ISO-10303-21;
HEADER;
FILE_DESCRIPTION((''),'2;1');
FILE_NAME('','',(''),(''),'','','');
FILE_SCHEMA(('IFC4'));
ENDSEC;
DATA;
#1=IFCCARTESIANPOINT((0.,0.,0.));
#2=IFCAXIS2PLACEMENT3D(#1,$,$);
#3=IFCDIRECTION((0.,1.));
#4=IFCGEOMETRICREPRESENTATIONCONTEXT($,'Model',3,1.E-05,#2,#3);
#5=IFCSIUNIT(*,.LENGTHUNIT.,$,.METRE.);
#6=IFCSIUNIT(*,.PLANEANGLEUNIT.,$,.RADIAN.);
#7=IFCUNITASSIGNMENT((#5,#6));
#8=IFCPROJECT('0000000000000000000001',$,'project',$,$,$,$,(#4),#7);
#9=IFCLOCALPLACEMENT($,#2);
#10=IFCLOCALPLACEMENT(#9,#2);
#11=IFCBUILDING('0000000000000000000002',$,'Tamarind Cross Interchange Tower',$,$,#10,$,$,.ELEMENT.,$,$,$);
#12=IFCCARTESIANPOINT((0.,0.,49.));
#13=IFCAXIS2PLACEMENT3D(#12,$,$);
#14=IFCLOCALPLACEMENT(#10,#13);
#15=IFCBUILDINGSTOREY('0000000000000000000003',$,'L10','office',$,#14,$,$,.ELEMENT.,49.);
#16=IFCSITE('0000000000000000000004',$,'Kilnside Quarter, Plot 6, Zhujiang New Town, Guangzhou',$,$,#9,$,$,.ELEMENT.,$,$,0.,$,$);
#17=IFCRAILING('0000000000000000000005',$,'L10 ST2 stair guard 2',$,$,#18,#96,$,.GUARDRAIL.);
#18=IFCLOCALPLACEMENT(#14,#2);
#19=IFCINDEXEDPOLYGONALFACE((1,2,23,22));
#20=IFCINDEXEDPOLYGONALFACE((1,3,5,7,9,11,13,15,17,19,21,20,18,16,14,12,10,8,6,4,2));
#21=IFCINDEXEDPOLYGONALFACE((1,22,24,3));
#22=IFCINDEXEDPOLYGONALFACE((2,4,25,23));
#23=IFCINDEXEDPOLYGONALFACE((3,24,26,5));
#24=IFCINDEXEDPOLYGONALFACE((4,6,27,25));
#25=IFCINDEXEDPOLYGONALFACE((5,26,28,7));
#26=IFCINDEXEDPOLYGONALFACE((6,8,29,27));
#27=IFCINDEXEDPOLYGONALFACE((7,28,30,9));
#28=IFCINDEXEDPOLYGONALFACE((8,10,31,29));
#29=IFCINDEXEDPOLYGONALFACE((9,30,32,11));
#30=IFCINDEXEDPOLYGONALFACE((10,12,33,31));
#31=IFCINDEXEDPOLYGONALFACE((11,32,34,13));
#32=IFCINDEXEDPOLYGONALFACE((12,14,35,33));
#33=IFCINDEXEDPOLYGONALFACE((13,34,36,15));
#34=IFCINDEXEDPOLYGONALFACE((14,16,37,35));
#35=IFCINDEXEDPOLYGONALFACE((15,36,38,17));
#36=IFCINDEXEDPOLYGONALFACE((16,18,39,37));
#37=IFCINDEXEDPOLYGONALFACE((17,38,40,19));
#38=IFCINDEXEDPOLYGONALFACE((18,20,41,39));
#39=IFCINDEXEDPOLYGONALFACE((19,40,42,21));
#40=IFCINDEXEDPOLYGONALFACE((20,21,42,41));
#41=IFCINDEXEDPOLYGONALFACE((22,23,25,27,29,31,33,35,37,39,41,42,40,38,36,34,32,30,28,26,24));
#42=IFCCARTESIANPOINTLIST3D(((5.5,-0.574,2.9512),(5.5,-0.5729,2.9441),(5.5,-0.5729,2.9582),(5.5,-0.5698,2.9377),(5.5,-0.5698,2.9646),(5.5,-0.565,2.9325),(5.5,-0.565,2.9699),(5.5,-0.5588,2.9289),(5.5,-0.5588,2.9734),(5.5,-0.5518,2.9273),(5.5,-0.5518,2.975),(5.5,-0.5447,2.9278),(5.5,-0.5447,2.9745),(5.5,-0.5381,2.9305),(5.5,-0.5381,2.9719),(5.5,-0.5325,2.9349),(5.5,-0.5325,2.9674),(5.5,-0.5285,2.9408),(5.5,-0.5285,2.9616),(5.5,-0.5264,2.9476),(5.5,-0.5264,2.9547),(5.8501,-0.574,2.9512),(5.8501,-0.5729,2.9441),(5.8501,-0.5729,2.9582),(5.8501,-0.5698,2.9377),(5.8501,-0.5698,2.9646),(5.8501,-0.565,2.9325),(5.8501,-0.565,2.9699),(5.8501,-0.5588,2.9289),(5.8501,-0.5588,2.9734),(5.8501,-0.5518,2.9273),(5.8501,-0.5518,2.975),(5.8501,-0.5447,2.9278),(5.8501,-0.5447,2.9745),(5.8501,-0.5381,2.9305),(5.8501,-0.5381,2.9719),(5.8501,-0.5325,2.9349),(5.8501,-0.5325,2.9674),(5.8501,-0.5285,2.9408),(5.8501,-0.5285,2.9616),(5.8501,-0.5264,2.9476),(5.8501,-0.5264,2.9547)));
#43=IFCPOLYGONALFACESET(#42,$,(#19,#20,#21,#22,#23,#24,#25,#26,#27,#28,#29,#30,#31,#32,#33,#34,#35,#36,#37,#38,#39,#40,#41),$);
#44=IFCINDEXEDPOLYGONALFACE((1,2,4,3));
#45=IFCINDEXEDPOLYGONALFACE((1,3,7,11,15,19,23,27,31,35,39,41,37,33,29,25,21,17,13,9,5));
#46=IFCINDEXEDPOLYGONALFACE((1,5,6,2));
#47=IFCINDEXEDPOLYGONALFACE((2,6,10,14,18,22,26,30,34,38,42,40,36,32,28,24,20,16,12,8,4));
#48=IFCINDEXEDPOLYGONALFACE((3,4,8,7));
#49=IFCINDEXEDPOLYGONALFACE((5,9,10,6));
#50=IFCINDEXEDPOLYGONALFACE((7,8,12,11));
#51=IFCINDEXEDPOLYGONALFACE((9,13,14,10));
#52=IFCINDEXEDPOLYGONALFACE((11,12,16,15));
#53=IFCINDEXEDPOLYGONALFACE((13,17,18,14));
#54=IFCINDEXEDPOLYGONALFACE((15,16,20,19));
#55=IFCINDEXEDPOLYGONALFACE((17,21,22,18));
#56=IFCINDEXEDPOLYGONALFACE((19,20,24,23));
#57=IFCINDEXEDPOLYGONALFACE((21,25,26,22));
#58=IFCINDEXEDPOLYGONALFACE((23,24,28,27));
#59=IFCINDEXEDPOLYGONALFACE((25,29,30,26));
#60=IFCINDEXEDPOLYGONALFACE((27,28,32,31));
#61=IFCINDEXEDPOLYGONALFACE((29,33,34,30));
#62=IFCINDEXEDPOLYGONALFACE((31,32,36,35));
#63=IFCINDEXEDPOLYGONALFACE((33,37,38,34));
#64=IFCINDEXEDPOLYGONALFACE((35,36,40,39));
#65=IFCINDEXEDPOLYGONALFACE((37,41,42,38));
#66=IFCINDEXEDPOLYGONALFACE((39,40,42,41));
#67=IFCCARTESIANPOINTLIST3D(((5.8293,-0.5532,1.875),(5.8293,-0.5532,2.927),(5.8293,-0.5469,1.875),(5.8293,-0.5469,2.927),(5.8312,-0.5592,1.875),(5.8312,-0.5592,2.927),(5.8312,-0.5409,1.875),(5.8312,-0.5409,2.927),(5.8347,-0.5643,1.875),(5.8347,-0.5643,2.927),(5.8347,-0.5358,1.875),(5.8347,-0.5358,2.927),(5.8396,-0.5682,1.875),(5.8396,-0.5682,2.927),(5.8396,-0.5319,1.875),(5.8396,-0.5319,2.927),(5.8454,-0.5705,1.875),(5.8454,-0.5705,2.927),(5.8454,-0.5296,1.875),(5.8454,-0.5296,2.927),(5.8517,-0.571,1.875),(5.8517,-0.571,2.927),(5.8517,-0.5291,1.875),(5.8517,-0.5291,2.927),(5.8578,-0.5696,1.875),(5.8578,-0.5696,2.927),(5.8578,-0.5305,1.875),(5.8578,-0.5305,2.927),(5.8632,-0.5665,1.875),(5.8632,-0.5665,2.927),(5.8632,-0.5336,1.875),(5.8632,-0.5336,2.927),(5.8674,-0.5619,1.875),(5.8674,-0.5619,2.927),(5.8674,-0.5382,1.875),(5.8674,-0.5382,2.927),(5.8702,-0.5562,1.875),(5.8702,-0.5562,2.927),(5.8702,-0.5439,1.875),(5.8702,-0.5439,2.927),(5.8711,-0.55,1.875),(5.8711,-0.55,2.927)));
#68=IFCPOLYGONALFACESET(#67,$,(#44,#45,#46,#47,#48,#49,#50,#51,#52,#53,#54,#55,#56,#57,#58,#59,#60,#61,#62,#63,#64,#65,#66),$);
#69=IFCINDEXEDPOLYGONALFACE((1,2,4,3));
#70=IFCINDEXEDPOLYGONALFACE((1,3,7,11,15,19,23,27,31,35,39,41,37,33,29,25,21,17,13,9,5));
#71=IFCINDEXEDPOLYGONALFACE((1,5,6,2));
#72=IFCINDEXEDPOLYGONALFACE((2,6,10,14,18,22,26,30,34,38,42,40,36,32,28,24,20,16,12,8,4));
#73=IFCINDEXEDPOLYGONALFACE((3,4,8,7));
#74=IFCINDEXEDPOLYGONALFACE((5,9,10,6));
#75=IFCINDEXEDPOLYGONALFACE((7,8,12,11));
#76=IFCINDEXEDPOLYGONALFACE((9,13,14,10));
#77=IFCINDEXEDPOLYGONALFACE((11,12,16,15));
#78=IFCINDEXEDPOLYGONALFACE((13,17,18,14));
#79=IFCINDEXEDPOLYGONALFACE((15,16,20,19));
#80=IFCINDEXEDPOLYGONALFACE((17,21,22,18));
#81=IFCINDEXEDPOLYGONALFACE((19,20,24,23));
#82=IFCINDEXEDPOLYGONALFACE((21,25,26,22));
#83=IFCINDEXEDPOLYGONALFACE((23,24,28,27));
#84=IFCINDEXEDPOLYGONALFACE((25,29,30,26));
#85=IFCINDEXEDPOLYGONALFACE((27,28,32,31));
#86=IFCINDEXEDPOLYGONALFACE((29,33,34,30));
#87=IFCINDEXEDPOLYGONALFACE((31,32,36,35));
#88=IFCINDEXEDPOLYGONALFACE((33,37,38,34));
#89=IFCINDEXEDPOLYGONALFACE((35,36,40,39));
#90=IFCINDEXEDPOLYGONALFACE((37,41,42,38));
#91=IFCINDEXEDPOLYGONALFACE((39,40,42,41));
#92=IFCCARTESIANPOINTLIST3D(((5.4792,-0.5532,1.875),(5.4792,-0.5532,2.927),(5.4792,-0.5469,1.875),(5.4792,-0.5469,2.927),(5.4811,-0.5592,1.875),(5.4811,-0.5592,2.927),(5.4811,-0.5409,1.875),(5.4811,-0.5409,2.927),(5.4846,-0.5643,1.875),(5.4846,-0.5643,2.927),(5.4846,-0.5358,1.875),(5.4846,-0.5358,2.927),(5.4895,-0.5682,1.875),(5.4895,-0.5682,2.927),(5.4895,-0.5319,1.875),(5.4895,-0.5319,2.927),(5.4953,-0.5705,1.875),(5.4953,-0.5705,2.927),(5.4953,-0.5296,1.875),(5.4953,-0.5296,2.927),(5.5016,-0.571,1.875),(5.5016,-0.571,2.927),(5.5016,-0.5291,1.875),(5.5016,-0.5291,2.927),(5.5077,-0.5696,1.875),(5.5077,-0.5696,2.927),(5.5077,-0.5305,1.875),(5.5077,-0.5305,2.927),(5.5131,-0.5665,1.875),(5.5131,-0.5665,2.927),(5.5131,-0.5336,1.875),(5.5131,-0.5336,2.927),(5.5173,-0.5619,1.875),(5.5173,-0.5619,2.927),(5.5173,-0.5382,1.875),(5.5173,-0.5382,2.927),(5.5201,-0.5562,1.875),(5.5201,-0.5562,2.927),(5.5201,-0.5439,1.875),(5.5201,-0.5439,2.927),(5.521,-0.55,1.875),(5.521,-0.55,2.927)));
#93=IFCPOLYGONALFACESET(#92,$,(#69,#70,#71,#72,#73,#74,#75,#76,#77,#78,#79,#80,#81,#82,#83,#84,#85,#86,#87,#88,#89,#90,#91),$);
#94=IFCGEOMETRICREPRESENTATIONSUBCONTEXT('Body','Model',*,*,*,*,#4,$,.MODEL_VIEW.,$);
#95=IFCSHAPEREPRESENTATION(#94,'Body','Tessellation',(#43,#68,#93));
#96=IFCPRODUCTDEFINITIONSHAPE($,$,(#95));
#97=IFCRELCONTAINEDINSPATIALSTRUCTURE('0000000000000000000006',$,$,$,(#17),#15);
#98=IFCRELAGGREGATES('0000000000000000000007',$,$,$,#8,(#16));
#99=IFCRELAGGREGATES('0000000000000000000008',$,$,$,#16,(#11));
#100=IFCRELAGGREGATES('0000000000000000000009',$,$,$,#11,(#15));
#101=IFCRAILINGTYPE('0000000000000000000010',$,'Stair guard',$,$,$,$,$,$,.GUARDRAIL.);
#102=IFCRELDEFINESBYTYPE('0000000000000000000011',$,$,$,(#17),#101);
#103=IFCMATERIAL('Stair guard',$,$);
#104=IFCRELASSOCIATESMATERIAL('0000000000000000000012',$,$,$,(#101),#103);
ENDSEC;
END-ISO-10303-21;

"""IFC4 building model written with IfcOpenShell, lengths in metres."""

from ifc_helpers import new_model, si_unit, direction, frame, origin, origin_2d, place, context, subcontext, project, spatial, circle, extrude, material, type_object, element, save


model = new_model("IFC4")

# Units and contexts
model_context = context("Model", 3, precision=1e-05, world=origin(), true_north=direction((0.0, 1.0)))
body_context = subcontext(model_context, "Body", "Model", "MODEL_VIEW")
ifc_project = project(units=[si_unit("LENGTHUNIT", "METRE"), si_unit("PLANEANGLEUNIT", "RADIAN")], contexts=[model_context])

# Site, building, storey
site_placement = place(None, origin())
site = spatial("IfcSite", under=ifc_project, at=site_placement, Name="Kilnside Quarter, Plot 6, Zhujiang New Town, Guangzhou", CompositionType="ELEMENT", RefElevation=0.0)
building_placement = place(site_placement, origin())
building = spatial("IfcBuilding", under=site, at=building_placement, Name="Tamarind Cross Interchange Tower", CompositionType="ELEMENT")
storey_placement = place(building_placement, frame((0.0, 0.0, 49.0)))
storey = spatial("IfcBuildingStorey", under=building, at=storey_placement, Name="L10", Description="office", CompositionType="ELEMENT", Elevation=49.0)

# Railing
ifc_material_1 = material(Name="Stair guard")
railing_type = type_object("IfcRailingType", Name="Stair guard", PredefinedType="GUARDRAIL", material=ifc_material_1)
railing_placement = place(storey_placement, frame((5.8501, -0.55, 1.875)))
element("IfcRailing", 1, at=railing_placement, inside=storey, type_object=railing_type, Name="L10 ST2 stair guard 2", PredefinedType="GUARDRAIL", context=body_context, shape_type="SweptSolid", body=[
    extrude(circle(Radius=0.0239, at=origin_2d()), frame((0.0, 0.0, 1.0762), z_axis=(-1.0, 0.0, 0.0), x_axis=(0.0, -1.0, 0.0)), (0.0, 0.0, 1.0), 0.3501),
    extrude(circle(Radius=0.021, at=origin_2d()), origin(), (0.0, 0.0, 1.0), 1.052),
    extrude(circle(Radius=0.021, at=origin_2d()), frame((-0.3501, 0.0, 0.0)), (0.0, 0.0, 1.0), 1.052),
])

save(model, "model.ifc")
